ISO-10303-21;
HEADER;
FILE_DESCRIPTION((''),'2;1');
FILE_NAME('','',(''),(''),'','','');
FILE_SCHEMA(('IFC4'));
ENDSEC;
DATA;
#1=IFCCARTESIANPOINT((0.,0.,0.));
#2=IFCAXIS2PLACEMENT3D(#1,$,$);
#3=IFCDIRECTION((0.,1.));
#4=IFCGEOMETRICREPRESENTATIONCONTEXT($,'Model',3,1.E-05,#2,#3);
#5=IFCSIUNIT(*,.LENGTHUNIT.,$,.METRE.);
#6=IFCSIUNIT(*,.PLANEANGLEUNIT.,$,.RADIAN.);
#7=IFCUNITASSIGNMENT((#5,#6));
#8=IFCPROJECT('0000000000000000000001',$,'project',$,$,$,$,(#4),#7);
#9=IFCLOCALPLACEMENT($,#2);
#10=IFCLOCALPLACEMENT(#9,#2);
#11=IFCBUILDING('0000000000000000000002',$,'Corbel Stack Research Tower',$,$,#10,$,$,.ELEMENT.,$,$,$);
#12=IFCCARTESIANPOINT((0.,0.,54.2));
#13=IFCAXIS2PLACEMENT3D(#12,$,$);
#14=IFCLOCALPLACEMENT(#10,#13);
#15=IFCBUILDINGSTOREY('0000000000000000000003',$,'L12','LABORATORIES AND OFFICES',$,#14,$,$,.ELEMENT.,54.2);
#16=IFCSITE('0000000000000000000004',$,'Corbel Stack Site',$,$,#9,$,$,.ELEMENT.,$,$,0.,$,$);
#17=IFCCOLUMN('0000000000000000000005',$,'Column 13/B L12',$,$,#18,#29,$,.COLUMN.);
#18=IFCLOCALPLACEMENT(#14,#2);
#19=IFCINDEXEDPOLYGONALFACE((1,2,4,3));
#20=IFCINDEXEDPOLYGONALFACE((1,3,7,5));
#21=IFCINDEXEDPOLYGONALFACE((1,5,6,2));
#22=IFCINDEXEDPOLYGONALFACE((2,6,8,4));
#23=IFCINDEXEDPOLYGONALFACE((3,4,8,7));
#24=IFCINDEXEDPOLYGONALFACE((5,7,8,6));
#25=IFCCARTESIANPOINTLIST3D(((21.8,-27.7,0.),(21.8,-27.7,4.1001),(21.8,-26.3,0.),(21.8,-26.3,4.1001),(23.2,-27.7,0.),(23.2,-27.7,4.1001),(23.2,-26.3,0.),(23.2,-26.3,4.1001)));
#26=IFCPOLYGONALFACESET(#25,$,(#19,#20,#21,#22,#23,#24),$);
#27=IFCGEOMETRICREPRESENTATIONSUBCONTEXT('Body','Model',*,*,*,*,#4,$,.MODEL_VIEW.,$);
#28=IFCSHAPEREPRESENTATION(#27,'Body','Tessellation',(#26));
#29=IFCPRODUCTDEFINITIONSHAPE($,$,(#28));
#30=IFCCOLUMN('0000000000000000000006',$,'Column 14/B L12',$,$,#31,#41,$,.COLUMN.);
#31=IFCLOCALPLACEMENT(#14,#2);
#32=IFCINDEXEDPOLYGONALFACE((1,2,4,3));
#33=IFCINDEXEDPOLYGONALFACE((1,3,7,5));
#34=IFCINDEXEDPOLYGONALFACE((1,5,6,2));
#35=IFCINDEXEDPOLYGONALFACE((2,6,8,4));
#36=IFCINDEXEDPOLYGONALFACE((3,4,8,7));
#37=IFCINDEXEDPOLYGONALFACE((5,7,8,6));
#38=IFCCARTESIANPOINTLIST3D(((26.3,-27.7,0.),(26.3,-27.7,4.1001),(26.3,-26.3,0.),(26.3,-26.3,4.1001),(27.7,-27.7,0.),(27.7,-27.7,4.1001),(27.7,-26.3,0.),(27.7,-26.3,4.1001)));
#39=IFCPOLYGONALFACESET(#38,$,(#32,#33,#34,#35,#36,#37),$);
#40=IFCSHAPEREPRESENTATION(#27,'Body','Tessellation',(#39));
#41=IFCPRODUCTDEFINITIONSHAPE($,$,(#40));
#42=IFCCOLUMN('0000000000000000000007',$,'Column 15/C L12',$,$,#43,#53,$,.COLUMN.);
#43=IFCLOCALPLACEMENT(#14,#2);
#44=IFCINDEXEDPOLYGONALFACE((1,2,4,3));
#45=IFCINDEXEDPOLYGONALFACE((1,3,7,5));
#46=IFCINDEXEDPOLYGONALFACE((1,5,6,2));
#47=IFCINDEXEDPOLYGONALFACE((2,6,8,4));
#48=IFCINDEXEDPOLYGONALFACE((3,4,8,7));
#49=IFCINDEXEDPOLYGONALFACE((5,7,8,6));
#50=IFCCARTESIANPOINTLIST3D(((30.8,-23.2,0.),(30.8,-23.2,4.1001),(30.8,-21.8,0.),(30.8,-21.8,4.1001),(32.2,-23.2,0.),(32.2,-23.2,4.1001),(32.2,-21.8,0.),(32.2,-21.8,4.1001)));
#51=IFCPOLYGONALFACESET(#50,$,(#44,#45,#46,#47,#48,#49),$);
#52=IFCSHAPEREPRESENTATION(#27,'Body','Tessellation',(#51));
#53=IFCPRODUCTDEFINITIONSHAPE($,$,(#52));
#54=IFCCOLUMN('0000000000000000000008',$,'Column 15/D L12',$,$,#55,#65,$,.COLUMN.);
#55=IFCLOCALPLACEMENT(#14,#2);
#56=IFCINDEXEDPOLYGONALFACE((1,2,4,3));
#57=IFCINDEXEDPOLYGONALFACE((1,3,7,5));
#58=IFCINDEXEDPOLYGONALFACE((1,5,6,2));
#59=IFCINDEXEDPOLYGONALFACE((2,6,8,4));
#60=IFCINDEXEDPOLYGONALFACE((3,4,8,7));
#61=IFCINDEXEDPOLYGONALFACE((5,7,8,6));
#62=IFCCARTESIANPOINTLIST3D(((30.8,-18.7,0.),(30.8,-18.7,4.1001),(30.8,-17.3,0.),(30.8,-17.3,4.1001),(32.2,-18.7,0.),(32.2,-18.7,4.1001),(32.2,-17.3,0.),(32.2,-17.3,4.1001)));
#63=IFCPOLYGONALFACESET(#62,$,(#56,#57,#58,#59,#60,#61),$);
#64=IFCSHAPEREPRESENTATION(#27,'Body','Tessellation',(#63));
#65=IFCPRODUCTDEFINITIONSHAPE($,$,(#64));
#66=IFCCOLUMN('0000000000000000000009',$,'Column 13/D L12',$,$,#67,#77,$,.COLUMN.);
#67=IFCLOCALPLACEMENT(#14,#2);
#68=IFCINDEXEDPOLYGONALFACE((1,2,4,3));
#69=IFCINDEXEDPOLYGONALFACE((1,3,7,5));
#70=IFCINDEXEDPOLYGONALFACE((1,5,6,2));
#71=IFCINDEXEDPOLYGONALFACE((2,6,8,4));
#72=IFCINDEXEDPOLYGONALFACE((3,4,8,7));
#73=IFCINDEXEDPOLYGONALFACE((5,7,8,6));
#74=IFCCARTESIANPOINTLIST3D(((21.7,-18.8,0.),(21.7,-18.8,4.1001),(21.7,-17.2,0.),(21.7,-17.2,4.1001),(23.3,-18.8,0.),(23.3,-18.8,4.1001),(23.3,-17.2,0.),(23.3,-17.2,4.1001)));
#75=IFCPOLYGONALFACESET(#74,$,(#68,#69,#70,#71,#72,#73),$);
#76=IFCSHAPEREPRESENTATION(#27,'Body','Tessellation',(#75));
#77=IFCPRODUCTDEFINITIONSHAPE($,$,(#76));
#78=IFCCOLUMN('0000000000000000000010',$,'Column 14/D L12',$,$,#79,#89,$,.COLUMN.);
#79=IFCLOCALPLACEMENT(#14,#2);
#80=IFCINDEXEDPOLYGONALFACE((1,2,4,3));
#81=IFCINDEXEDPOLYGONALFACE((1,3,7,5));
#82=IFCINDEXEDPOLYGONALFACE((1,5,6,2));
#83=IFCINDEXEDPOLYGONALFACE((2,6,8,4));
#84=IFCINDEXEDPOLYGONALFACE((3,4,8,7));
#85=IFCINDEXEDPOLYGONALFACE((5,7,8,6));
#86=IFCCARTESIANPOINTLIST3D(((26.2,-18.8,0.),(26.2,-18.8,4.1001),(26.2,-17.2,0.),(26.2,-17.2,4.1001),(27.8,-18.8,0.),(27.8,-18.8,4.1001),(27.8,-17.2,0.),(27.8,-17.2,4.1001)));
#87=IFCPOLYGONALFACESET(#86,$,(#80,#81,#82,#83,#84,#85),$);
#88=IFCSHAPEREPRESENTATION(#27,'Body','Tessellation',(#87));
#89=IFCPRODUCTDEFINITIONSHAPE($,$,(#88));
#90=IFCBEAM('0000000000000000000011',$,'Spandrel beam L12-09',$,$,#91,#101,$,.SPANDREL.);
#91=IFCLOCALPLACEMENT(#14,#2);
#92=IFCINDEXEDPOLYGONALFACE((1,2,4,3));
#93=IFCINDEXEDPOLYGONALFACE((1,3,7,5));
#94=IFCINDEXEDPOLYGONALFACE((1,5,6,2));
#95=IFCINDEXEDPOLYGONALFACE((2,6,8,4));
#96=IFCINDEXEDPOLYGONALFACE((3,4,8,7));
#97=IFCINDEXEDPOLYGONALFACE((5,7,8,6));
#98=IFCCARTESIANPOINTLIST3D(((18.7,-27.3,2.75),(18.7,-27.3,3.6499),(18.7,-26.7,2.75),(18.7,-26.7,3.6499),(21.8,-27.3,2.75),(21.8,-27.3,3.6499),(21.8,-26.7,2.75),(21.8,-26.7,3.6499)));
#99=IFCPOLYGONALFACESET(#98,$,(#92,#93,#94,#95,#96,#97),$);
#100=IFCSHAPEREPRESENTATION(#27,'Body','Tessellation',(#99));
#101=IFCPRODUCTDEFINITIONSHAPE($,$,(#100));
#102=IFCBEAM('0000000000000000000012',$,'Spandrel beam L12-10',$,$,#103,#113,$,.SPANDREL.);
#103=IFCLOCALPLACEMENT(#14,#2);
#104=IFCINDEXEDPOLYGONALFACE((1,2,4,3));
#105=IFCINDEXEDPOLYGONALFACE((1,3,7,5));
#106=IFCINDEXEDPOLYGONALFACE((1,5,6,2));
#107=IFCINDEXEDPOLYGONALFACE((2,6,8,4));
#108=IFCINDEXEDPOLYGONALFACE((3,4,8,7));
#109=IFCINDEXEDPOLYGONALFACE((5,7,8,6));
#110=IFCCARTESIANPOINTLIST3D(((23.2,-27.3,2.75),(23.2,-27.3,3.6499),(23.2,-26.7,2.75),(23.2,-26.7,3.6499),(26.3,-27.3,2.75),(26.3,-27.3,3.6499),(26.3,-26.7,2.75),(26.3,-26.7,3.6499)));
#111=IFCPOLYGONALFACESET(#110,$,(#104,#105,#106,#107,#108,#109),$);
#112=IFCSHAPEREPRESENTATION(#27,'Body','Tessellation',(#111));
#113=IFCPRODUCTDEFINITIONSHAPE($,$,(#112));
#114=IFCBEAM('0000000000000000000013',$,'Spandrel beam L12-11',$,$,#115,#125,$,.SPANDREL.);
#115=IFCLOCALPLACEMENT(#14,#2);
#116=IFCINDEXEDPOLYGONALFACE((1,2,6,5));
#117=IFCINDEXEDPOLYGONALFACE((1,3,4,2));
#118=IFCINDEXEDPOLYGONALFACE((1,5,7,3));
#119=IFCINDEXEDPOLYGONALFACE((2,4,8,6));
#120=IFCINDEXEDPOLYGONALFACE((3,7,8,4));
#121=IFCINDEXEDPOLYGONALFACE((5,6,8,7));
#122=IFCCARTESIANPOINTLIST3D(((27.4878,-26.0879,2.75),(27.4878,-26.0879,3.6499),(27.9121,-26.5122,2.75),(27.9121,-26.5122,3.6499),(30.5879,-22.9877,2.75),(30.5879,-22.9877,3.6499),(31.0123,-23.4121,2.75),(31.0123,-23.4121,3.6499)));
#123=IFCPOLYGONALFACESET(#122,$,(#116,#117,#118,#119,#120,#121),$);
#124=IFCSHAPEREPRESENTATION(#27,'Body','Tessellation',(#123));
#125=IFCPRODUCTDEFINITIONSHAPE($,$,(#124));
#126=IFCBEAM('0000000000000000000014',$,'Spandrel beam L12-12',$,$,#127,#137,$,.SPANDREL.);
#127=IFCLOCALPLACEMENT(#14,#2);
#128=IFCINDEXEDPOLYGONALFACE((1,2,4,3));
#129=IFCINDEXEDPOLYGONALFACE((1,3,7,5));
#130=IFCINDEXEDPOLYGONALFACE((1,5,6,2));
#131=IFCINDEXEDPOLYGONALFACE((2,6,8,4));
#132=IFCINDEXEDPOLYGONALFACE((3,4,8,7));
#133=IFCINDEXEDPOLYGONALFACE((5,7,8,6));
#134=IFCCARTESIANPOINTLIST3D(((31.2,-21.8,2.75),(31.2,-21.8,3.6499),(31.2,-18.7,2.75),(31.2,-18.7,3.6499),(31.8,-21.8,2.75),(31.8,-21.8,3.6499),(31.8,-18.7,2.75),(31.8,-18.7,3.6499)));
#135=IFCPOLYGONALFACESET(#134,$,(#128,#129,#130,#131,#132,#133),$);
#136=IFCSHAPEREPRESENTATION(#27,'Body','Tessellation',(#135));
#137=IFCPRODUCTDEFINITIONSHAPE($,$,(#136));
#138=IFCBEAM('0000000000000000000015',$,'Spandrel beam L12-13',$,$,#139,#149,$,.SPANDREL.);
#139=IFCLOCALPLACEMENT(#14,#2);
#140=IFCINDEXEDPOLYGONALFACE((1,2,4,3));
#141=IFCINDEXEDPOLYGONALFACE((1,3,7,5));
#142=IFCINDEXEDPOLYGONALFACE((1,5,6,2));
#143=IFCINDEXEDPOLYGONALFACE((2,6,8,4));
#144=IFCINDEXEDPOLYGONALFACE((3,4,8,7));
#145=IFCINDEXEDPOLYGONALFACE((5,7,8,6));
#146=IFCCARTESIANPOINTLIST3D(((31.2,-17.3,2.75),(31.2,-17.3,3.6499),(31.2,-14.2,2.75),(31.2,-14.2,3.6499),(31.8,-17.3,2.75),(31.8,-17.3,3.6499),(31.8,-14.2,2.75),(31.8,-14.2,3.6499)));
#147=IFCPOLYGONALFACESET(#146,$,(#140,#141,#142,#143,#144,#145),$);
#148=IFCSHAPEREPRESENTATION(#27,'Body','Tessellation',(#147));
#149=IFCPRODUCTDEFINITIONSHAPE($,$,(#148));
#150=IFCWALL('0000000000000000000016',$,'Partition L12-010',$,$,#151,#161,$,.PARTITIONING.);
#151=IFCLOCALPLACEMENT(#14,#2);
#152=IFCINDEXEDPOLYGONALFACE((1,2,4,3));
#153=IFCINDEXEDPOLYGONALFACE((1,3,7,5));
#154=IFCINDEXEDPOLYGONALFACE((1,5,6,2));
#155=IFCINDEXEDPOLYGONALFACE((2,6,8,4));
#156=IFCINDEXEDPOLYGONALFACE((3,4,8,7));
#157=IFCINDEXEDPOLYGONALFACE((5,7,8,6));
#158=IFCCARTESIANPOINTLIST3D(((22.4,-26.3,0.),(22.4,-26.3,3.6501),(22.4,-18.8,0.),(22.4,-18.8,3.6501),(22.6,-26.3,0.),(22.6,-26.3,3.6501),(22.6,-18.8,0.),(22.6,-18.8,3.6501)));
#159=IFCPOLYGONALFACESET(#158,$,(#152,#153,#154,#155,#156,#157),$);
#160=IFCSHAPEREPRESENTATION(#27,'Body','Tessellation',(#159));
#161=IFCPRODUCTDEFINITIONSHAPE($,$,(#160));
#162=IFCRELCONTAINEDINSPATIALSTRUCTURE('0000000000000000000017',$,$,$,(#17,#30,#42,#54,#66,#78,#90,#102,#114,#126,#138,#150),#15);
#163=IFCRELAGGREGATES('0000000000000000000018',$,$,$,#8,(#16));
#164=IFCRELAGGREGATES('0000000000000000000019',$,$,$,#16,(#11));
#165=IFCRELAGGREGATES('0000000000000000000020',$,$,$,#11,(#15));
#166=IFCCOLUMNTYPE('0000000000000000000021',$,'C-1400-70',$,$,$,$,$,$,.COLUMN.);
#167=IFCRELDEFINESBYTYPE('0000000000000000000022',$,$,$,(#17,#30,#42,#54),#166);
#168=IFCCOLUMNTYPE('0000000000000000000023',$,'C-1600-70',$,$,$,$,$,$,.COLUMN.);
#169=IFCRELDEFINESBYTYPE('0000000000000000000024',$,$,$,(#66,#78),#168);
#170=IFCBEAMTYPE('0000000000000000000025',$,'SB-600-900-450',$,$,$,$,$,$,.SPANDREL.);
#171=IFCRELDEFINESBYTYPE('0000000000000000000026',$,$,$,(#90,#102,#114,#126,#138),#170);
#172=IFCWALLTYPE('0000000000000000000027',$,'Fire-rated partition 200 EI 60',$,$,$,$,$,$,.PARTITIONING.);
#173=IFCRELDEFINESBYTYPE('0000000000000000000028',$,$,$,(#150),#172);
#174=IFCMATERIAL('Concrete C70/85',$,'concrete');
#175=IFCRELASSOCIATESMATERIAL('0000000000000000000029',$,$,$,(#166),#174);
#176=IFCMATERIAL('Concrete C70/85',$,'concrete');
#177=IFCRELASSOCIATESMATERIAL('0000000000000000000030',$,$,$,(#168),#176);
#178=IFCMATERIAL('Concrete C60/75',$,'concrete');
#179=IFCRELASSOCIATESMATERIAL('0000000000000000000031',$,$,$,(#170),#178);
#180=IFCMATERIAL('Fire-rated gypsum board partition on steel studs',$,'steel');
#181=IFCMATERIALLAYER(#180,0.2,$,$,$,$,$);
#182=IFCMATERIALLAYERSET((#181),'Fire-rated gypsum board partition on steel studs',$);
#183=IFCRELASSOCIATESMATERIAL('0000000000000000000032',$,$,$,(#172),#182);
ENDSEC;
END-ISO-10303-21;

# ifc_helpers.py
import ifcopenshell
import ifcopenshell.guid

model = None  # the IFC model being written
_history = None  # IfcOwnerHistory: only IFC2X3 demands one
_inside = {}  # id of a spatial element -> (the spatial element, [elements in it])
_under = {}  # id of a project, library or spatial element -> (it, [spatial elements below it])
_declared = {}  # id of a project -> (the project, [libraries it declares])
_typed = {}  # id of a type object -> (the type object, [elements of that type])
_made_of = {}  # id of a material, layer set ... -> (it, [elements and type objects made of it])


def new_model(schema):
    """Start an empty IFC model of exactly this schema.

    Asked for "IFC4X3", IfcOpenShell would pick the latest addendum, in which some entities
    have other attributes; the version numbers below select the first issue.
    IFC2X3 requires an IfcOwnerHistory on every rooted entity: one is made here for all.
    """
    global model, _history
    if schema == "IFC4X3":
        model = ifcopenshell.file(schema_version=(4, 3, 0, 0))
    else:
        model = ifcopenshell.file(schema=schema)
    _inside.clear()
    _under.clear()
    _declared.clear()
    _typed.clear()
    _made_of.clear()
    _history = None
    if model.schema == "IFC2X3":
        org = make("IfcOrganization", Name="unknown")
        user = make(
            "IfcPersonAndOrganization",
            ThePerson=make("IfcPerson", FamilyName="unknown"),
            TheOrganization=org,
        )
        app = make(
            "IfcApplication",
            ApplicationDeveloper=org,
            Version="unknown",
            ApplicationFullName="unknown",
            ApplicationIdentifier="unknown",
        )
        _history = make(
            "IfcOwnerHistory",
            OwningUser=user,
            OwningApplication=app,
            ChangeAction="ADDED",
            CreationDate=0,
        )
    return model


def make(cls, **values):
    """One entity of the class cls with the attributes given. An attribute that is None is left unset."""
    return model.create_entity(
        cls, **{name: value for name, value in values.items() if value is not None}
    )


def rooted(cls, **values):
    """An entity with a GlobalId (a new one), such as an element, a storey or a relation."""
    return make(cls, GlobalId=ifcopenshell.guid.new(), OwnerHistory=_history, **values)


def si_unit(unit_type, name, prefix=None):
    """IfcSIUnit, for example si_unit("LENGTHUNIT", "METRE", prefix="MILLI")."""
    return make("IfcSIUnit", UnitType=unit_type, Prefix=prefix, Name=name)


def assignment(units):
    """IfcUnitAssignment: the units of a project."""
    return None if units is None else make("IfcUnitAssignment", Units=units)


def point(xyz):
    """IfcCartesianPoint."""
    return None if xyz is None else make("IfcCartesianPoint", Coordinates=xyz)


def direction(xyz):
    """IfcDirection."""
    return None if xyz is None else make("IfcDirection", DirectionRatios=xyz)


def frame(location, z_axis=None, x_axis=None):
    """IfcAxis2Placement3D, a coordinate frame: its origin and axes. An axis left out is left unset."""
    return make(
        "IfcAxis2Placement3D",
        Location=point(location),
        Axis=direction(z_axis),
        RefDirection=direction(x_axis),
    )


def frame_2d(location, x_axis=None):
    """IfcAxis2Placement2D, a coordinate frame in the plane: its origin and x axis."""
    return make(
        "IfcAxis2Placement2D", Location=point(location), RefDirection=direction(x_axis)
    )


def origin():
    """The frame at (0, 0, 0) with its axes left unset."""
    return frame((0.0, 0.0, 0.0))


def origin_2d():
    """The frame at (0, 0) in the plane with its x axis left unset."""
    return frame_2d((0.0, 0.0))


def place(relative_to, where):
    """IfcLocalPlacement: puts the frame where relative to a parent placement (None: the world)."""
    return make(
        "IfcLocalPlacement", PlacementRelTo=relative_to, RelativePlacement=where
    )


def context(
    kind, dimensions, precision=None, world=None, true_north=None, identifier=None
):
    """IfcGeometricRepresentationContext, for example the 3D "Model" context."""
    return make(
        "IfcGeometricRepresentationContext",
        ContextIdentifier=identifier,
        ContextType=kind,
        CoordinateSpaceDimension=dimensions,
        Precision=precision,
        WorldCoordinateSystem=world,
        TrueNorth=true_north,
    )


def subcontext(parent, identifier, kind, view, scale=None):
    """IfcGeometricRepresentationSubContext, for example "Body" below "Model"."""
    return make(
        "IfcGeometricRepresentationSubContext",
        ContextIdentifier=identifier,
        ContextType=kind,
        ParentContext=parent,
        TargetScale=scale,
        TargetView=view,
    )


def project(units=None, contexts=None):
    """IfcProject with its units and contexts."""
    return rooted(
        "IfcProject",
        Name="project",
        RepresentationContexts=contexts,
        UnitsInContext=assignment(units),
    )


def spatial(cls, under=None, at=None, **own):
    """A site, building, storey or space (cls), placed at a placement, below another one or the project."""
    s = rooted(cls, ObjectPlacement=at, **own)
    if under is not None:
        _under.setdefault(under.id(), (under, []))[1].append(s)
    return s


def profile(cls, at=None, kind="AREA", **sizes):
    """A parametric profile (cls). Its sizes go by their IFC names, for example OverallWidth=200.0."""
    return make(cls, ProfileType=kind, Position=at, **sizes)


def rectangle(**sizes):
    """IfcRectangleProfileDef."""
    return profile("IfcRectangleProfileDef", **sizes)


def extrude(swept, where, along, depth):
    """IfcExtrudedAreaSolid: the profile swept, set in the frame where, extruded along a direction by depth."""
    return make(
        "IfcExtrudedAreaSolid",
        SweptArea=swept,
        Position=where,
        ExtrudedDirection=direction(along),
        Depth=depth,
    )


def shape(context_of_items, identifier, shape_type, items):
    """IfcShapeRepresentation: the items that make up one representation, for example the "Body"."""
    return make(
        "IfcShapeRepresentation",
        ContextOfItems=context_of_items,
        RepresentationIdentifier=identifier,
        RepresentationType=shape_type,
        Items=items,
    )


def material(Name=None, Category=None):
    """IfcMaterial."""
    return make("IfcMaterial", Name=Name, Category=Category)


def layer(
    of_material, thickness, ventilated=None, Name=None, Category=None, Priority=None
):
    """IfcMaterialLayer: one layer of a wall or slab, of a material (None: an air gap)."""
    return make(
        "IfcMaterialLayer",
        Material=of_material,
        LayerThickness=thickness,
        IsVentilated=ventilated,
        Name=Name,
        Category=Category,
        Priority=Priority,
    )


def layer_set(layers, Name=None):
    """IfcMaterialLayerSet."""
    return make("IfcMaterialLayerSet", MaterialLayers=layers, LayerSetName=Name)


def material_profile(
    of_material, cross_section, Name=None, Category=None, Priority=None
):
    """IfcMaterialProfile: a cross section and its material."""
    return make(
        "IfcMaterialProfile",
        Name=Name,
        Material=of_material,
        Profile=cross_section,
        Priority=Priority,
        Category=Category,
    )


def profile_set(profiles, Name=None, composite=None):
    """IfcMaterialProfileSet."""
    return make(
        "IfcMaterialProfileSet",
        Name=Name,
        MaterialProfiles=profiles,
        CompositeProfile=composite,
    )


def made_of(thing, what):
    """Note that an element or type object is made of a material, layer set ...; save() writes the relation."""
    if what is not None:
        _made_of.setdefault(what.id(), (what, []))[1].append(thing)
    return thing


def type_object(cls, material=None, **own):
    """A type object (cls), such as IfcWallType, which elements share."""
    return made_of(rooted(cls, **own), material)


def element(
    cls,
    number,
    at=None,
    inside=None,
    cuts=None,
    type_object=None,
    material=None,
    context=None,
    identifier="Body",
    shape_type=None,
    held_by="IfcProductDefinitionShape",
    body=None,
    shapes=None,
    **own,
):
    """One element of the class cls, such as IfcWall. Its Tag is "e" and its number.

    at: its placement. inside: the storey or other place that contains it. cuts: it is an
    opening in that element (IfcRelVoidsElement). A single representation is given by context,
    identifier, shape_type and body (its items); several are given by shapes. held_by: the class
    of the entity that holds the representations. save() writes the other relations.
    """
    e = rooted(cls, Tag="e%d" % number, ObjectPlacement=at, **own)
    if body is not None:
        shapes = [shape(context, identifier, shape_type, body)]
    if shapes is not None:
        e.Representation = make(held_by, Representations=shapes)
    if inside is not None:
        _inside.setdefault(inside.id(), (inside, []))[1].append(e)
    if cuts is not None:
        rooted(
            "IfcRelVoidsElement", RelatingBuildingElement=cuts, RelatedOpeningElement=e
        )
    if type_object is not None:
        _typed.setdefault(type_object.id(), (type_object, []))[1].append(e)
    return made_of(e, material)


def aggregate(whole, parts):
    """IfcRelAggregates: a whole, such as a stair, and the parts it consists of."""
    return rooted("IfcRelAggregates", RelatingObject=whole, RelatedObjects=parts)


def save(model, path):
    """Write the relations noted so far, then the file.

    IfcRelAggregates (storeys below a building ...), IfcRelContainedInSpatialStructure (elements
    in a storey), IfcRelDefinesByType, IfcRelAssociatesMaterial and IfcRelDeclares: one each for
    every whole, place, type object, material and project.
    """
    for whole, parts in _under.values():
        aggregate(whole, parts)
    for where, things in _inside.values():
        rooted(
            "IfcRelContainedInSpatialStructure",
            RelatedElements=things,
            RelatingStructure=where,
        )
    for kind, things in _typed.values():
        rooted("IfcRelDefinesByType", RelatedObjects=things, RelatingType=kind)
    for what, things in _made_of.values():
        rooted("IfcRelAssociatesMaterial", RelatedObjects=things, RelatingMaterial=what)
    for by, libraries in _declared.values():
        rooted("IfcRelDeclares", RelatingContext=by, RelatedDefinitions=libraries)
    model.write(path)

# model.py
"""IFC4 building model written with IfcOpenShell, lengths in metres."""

from ifc_helpers import new_model, si_unit, direction, frame, frame_2d, origin, origin_2d, place, context, subcontext, project, spatial, rectangle, extrude, material, layer, layer_set, material_profile, profile_set, type_object, element, save


model = new_model("IFC4")

# Units and contexts
model_context = context("Model", 3, precision=1e-05, world=origin(), true_north=direction((0.0, 1.0)))
body_context = subcontext(model_context, "Body", "Model", "MODEL_VIEW")
ifc_project = project(units=[si_unit("LENGTHUNIT", "METRE"), si_unit("PLANEANGLEUNIT", "RADIAN")], contexts=[model_context])

# Site, building, storey
site_placement = place(None, origin())
site = spatial("IfcSite", under=ifc_project, at=site_placement, Name="Corbel Stack Site", CompositionType="ELEMENT", RefElevation=0.0)
building_placement = place(site_placement, origin())
building = spatial("IfcBuilding", under=site, at=building_placement, Name="Corbel Stack Research Tower", CompositionType="ELEMENT")
storey_placement = place(building_placement, frame((0.0, 0.0, 54.2)))
storey = spatial("IfcBuildingStorey", under=building, at=storey_placement, Name="L12", Description="LABORATORIES AND OFFICES", CompositionType="ELEMENT", Elevation=54.2)

# Columns
ifc_material_1 = material(Name="Concrete C70/85", Category="concrete")
ifc_material_profile_1 = material_profile(ifc_material_1, rectangle(XDim=1.3999, YDim=1.3999, at=origin_2d()), Name="RC 1400 x 1400")
ifc_profile_set_1 = profile_set([ifc_material_profile_1], Name="Concrete C70/85")
column_type_1 = type_object("IfcColumnType", Name="C-1400-70", PredefinedType="COLUMN", material=ifc_profile_set_1)
for number, where, z_axis, x_axis, name in (
    (1, (22.5, -27.0, 0.0), (0.0, 0.0, 1.0), (1.0, 0.0, 0.0), "Column 13/B L12"),
    (2, (27.0, -27.0, 0.0), (0.0, 0.0, 1.0), (1.0, 0.0, 0.0), "Column 14/B L12"),
    (3, (31.5, -22.5, 0.0), (0.0, 0.0, 1.0), (1.0, 0.0, 0.0), "Column 15/C L12"),
    (4, (31.5, -18.0, 0.0), (0.0, 0.0, 1.0), (1.0, 0.0, 0.0), "Column 15/D L12"),
):
    element("IfcColumn", number, at=place(storey_placement, frame(where, z_axis=z_axis, x_axis=x_axis)), inside=storey, type_object=column_type_1, Name=name, PredefinedType="COLUMN", context=body_context, shape_type="SweptSolid", body=[
        extrude(rectangle(XDim=1.3999, YDim=1.3999, at=origin_2d()), origin(), (0.0, 0.0, 1.0), 4.1001),
    ])
ifc_material_2 = material(Name="Concrete C70/85", Category="concrete")
ifc_material_profile_2 = material_profile(ifc_material_2, rectangle(XDim=1.6001, YDim=1.6001, at=origin_2d()), Name="RC 1600 x 1600")
ifc_profile_set_2 = profile_set([ifc_material_profile_2], Name="Concrete C70/85")
column_type_2 = type_object("IfcColumnType", Name="C-1600-70", PredefinedType="COLUMN", material=ifc_profile_set_2)
for number, where, z_axis, x_axis, name in (
    (5, (22.5, -18.0, 0.0), (0.0, 0.0, 1.0), (1.0, 0.0, 0.0), "Column 13/D L12"),
    (6, (27.0, -18.0, 0.0), (0.0, 0.0, 1.0), (1.0, 0.0, 0.0), "Column 14/D L12"),
):
    element("IfcColumn", number, at=place(storey_placement, frame(where, z_axis=z_axis, x_axis=x_axis)), inside=storey, type_object=column_type_2, Name=name, PredefinedType="COLUMN", context=body_context, shape_type="SweptSolid", body=[
        extrude(rectangle(XDim=1.6001, YDim=1.6001, at=origin_2d()), origin(), (0.0, 0.0, 1.0), 4.1001),
    ])

# Beams
ifc_material_3 = material(Name="Concrete C60/75", Category="concrete")
ifc_material_profile_3 = material_profile(ifc_material_3, rectangle(XDim=0.6001, YDim=0.8999, at=origin_2d()), Name="RC 600 x 900")
ifc_profile_set_3 = profile_set([ifc_material_profile_3], Name="Concrete C60/75")
beam_type = type_object("IfcBeamType", Name="SB-600-900-450", PredefinedType="SPANDREL", material=ifc_profile_set_3)
for number, where, z_axis, x_axis, name in (
    (7, (18.7, -27.0, 3.2), (1.0, 0.0, 0.0), (0.0, 1.0, 0.0), "Spandrel beam L12-09"),
    (8, (23.2, -27.0, 3.2), (1.0, 0.0, 0.0), (0.0, 1.0, 0.0), "Spandrel beam L12-10"),
):
    element("IfcBeam", number, at=place(storey_placement, frame(where, z_axis=z_axis, x_axis=x_axis)), inside=storey, type_object=beam_type, Name=name, PredefinedType="SPANDREL", context=body_context, shape_type="SweptSolid", body=[
        extrude(rectangle(XDim=0.6001, YDim=0.8999, at=origin_2d()), origin(), (0.0, 0.0, 1.0), 3.1001),
    ])
beam_placement = place(storey_placement, frame((27.7, -26.3, 3.2), z_axis=(0.707107, 0.707107, 0.0), x_axis=(-0.707107, 0.707107, 0.0)))
element("IfcBeam", 9, at=beam_placement, inside=storey, type_object=beam_type, Name="Spandrel beam L12-11", PredefinedType="SPANDREL", context=body_context, shape_type="SweptSolid", body=[
    extrude(rectangle(XDim=0.6001, YDim=0.8999, at=origin_2d()), origin(), (0.0, 0.0, 1.0), 4.3843),
])
for number, where, z_axis, x_axis, name in (
    (10, (31.5, -21.8, 3.2), (0.0, 1.0, 0.0), (-1.0, 0.0, 0.0), "Spandrel beam L12-12"),
    (11, (31.5, -17.3, 3.2), (0.0, 1.0, 0.0), (-1.0, 0.0, 0.0), "Spandrel beam L12-13"),
):
    element("IfcBeam", number, at=place(storey_placement, frame(where, z_axis=z_axis, x_axis=x_axis)), inside=storey, type_object=beam_type, Name=name, PredefinedType="SPANDREL", context=body_context, shape_type="SweptSolid", body=[
        extrude(rectangle(XDim=0.6001, YDim=0.8999, at=origin_2d()), origin(), (0.0, 0.0, 1.0), 3.1001),
    ])

# Wall
ifc_material_4 = material(Name="Fire-rated gypsum board partition on steel studs", Category="steel")
ifc_layer_1 = layer(ifc_material_4, 0.2)
ifc_layer_set_1 = layer_set([ifc_layer_1], Name="Fire-rated gypsum board partition on steel studs")
wall_type_1 = type_object("IfcWallType", Name="Fire-rated partition 200 EI 60", PredefinedType="PARTITIONING", material=ifc_layer_set_1)
wall_1_placement = place(storey_placement, frame((22.5, -26.3, 0.0), z_axis=(0.0, 0.0, 1.0), x_axis=(0.0, 1.0, 0.0)))
element("IfcWall", 12, at=wall_1_placement, inside=storey, type_object=wall_type_1, Name="Partition L12-010", PredefinedType="PARTITIONING", context=body_context, shape_type="SweptSolid", body=[
    extrude(rectangle(XDim=7.5, YDim=0.2, at=frame_2d((3.75, 0.0))), origin(), (0.0, 0.0, 1.0), 3.6501),
])

save(model, "model.ifc")
